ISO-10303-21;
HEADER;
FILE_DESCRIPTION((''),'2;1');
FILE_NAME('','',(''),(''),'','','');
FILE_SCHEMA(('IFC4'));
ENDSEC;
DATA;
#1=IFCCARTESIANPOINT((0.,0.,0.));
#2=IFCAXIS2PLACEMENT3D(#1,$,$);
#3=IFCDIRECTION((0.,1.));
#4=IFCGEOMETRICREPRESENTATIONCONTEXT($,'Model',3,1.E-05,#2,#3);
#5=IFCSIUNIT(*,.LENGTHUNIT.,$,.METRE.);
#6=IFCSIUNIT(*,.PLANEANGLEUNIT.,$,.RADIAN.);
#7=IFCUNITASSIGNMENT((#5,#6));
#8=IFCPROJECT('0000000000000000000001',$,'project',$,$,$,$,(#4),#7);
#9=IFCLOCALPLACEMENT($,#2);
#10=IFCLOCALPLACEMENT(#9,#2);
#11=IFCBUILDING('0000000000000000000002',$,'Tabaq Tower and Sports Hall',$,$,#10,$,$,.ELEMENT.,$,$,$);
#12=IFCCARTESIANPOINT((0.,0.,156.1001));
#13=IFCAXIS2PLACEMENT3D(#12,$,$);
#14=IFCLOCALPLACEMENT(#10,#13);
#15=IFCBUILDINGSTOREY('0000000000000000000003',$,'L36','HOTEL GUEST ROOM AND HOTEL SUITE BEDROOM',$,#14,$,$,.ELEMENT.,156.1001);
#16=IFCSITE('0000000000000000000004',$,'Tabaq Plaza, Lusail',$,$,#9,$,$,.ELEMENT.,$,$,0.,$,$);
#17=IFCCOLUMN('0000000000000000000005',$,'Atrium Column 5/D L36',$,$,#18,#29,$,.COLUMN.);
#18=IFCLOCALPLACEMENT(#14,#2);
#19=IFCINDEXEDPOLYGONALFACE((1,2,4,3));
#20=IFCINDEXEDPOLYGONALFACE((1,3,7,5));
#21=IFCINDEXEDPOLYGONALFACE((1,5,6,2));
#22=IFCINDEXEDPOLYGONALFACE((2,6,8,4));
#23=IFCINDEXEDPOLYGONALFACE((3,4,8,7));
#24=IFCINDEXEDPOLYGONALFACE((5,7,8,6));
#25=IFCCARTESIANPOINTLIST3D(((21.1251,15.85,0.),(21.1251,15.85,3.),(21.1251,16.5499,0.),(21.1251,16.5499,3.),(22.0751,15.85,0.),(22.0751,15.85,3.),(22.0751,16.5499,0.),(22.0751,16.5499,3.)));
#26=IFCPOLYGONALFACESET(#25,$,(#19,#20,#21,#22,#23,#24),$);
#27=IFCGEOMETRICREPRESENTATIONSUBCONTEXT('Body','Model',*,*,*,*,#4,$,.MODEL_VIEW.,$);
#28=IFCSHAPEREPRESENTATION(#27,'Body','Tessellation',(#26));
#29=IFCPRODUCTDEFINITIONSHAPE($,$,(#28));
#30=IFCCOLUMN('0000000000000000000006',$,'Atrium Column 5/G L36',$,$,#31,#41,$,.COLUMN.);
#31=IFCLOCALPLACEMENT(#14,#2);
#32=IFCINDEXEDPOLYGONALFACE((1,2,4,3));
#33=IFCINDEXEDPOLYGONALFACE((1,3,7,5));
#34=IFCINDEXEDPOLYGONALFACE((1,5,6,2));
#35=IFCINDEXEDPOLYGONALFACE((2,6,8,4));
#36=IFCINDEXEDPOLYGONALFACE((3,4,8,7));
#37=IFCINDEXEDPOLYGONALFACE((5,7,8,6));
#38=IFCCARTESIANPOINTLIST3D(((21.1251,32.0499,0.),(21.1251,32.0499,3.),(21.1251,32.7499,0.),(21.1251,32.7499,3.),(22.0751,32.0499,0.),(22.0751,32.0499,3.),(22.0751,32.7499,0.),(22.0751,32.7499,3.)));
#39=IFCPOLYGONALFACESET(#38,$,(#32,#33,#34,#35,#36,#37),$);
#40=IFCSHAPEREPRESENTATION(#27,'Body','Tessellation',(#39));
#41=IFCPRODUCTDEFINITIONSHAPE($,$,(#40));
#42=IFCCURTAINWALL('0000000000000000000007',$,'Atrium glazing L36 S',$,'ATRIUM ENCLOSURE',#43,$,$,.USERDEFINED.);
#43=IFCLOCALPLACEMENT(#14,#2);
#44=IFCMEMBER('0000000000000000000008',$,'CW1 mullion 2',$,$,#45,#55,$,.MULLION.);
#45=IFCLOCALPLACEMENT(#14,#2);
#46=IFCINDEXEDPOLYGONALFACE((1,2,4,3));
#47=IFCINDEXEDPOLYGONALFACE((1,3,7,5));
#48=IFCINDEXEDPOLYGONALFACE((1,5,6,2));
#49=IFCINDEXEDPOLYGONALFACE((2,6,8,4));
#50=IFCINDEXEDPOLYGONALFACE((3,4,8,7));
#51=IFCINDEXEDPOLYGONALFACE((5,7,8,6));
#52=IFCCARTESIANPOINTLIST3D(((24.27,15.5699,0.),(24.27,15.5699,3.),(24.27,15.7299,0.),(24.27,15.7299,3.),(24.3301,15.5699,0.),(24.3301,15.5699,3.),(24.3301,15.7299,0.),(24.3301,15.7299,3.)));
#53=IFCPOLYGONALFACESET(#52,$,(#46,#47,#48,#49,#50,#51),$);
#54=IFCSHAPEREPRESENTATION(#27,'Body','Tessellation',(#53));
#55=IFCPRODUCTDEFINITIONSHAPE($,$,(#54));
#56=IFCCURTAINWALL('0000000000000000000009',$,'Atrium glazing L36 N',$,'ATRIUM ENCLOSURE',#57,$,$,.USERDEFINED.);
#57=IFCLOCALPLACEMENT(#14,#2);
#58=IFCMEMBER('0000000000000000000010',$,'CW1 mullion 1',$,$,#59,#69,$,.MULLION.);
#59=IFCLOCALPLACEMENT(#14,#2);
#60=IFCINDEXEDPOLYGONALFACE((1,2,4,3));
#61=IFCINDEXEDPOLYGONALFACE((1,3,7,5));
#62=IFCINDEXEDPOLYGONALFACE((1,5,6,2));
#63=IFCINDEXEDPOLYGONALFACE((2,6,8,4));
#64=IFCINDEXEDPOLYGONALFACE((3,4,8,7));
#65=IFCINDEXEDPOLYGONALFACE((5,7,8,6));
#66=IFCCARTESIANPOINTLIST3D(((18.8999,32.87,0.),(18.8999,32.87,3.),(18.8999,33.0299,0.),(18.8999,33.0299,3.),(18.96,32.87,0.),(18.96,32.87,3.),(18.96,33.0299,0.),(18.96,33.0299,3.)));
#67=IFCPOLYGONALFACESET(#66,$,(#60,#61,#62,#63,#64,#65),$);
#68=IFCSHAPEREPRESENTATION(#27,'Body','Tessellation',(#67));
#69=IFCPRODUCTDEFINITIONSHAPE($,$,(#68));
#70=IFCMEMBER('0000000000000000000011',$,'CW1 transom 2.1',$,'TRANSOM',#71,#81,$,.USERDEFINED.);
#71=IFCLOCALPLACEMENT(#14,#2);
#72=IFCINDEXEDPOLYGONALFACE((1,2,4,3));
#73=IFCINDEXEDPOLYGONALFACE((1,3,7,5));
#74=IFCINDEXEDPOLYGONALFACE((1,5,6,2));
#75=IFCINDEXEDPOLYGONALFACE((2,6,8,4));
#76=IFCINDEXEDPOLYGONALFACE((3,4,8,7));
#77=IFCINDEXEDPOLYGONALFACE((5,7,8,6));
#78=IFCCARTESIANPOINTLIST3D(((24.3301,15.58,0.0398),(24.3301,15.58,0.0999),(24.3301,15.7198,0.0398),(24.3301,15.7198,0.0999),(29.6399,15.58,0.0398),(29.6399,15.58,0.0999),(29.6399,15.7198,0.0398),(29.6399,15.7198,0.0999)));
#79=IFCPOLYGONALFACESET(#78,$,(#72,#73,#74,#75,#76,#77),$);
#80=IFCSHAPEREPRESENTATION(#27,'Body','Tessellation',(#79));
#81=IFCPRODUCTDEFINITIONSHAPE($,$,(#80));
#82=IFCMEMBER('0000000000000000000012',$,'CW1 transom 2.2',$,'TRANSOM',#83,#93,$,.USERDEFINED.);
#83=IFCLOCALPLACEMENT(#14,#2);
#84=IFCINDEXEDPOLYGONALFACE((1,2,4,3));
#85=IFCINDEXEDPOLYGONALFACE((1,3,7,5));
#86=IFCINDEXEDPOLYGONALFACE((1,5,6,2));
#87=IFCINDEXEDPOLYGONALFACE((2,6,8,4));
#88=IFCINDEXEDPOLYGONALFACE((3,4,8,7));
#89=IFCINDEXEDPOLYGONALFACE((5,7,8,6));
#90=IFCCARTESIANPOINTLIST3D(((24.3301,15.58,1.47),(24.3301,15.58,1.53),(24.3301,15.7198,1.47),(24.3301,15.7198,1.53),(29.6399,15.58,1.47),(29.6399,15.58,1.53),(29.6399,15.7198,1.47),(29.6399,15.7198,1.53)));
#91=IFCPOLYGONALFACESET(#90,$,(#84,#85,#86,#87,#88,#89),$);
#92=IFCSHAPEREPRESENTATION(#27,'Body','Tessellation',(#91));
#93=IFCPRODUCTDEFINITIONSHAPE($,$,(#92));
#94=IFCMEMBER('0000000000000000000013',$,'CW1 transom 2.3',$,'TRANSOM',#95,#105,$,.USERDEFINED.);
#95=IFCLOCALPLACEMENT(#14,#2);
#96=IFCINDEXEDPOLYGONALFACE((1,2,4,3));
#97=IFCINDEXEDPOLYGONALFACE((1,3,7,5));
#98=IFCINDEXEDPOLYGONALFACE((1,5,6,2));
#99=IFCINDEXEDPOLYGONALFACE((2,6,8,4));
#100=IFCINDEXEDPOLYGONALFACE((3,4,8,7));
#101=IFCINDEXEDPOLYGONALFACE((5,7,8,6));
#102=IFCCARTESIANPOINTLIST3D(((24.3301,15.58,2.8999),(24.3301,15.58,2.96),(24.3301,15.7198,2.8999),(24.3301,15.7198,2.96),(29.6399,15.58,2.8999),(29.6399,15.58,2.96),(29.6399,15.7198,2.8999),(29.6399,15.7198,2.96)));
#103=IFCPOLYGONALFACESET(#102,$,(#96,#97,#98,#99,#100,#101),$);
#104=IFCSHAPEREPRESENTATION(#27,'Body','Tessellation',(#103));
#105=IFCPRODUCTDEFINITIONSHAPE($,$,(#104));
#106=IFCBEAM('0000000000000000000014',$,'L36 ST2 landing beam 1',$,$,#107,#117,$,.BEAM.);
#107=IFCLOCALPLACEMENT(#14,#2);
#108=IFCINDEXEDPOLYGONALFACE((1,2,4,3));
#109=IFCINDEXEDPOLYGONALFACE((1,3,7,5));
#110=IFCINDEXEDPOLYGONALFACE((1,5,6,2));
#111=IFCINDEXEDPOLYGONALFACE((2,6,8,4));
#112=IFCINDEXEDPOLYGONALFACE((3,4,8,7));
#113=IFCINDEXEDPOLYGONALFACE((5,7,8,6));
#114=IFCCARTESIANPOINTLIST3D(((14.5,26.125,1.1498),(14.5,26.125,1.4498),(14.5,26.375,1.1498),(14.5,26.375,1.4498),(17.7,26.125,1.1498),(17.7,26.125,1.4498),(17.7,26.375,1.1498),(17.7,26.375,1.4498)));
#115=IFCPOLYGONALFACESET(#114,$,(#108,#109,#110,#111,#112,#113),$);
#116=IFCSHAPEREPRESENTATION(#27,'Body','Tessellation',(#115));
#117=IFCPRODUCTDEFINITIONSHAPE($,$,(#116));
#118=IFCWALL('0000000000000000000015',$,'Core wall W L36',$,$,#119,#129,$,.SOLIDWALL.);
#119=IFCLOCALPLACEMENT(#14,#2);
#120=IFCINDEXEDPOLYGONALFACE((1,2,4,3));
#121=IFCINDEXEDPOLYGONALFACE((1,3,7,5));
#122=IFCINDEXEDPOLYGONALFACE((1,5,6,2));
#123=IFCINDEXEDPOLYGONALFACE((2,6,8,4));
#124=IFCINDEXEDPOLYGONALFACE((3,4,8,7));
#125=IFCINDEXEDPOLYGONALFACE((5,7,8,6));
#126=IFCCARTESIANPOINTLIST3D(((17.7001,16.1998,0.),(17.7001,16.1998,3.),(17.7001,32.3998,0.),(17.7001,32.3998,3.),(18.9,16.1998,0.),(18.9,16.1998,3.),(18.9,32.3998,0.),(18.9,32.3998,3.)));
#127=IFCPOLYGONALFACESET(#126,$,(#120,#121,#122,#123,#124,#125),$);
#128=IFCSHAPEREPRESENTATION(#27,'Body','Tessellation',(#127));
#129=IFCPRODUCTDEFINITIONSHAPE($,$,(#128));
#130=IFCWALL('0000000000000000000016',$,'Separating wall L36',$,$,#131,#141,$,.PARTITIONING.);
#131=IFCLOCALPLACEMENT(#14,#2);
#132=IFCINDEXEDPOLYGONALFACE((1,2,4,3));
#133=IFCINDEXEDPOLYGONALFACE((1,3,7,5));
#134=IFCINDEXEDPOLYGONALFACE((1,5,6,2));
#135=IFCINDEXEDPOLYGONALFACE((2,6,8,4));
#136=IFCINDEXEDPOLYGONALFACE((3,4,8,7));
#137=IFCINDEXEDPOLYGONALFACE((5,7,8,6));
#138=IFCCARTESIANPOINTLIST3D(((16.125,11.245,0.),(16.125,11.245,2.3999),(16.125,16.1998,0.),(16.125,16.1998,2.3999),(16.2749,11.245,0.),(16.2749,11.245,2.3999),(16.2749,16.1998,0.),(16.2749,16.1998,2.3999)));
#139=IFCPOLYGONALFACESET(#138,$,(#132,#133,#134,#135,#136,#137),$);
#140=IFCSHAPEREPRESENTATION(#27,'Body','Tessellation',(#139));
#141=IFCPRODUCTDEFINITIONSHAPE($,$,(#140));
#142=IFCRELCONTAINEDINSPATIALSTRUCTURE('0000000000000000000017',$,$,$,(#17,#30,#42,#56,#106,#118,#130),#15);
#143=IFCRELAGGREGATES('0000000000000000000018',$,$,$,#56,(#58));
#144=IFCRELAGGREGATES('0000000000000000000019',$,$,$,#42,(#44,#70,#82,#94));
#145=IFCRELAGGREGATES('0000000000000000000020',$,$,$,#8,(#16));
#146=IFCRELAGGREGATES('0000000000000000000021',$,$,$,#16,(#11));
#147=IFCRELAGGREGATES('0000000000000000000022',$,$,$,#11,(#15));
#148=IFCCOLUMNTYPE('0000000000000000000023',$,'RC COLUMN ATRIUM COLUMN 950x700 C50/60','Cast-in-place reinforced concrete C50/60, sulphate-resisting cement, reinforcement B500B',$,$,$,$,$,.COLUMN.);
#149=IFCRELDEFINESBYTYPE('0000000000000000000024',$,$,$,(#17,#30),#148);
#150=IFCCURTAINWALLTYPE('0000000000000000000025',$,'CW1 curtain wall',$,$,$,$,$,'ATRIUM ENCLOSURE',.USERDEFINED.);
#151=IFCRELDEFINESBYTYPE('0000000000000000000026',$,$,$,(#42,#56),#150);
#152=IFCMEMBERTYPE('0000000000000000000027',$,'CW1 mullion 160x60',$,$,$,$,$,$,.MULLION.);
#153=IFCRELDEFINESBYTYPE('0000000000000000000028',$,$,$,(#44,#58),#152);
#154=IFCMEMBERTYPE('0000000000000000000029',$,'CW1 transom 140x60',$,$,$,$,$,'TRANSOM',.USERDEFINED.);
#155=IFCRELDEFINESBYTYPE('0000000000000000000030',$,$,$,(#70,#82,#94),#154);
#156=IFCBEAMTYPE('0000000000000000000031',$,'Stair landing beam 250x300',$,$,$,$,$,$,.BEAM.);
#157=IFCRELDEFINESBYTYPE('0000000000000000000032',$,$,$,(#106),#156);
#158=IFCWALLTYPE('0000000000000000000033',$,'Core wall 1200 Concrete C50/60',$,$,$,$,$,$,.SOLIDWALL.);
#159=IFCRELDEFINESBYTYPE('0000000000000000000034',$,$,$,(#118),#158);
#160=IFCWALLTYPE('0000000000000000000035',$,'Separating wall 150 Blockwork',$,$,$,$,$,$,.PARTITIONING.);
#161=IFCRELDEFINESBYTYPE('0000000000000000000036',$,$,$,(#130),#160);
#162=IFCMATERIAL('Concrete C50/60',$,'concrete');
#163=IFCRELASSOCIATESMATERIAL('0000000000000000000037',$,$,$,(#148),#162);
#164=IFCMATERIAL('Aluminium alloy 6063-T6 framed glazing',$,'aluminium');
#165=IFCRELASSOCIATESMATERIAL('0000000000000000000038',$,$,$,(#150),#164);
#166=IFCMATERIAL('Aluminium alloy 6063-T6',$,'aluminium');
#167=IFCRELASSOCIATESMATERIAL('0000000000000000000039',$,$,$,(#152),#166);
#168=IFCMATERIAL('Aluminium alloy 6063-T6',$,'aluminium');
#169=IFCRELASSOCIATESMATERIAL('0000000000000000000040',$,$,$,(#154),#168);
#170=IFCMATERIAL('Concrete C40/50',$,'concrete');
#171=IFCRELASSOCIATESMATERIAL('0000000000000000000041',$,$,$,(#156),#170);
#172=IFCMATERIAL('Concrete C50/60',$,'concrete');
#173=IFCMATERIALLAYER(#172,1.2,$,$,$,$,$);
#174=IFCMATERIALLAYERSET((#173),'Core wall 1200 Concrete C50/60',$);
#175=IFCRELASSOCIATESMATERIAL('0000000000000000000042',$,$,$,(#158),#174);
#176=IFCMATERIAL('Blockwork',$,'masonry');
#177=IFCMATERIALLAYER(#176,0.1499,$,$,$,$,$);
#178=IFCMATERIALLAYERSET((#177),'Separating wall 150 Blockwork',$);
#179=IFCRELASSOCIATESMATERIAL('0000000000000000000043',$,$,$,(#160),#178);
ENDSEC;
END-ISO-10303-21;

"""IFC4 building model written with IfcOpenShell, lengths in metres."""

from ifc_helpers import new_model, si_unit, direction, frame, frame_2d, origin, origin_2d, place, context, subcontext, project, spatial, rectangle, extrude, material, layer, layer_set, material_profile, profile_set, type_object, element, aggregate, save


model = new_model("IFC4")

# Units and contexts
model_context = context("Model", 3, precision=1e-05, world=origin(), true_north=direction((0.0, 1.0)))
body_context = subcontext(model_context, "Body", "Model", "MODEL_VIEW")
ifc_project = project(units=[si_unit("LENGTHUNIT", "METRE"), si_unit("PLANEANGLEUNIT", "RADIAN")], contexts=[model_context])

# Site, building, storey
site_placement = place(None, origin())
site = spatial("IfcSite", under=ifc_project, at=site_placement, Name="Tabaq Plaza, Lusail", CompositionType="ELEMENT", RefElevation=0.0)
building_placement = place(site_placement, origin())
building = spatial("IfcBuilding", under=site, at=building_placement, Name="Tabaq Tower and Sports Hall", CompositionType="ELEMENT")
storey_placement = place(building_placement, frame((0.0, 0.0, 156.1001)))
storey = spatial("IfcBuildingStorey", under=building, at=storey_placement, Name="L36", Description="HOTEL GUEST ROOM AND HOTEL SUITE BEDROOM", CompositionType="ELEMENT", Elevation=156.1001)

# Columns
ifc_material_1 = material(Name="Concrete C50/60", Category="concrete")
ifc_material_profile_1 = material_profile(ifc_material_1, rectangle(XDim=0.95, YDim=0.7, at=origin_2d()), Name="ATRIUM COLUMN 950x700")
ifc_profile_set_1 = profile_set([ifc_material_profile_1], Name="Concrete C50/60")
column_type = type_object("IfcColumnType", Name="RC COLUMN ATRIUM COLUMN 950x700 C50/60", Description="Cast-in-place reinforced concrete C50/60, sulphate-resisting cement, reinforcement B500B", PredefinedType="COLUMN", material=ifc_profile_set_1)
for number, where, z_axis, x_axis, name in (
    (1, (21.6001, 16.2, 0.0), (0.0, 0.0, 1.0), (1.0, 0.0, 0.0), "Atrium Column 5/D L36"),
    (2, (21.6001, 32.3999, 0.0), (0.0, 0.0, 1.0), (1.0, 0.0, 0.0), "Atrium Column 5/G L36"),
):
    element("IfcColumn", number, at=place(storey_placement, frame(where, z_axis=z_axis, x_axis=x_axis)), inside=storey, type_object=column_type, Name=name, PredefinedType="COLUMN", context=body_context, shape_type="SweptSolid", body=[
        extrude(rectangle(XDim=0.95, YDim=0.7, at=origin_2d()), origin(), (0.0, 0.0, 1.0), 3.0),
    ])

# Curtain walls, members
ifc_material_2 = material(Name="Aluminium alloy 6063-T6 framed glazing", Category="aluminium")
curtain_wall_type = type_object("IfcCurtainWallType", Name="CW1 curtain wall", ElementType="ATRIUM ENCLOSURE", PredefinedType="USERDEFINED", material=ifc_material_2)
curtain_wall_1_placement = place(storey_placement, origin())
curtain_wall_1 = element("IfcCurtainWall", 3, at=curtain_wall_1_placement, inside=storey, type_object=curtain_wall_type, Name="Atrium glazing L36 S", ObjectType="ATRIUM ENCLOSURE", PredefinedType="USERDEFINED")
ifc_material_3 = material(Name="Aluminium alloy 6063-T6", Category="aluminium")
ifc_material_profile_2 = material_profile(ifc_material_3, rectangle(XDim=0.1599, YDim=0.0601, at=origin_2d()), Name="MULLION 160x60")
ifc_profile_set_2 = profile_set([ifc_material_profile_2], Name="Aluminium alloy 6063-T6")
member_type_1 = type_object("IfcMemberType", Name="CW1 mullion 160x60", PredefinedType="MULLION", material=ifc_profile_set_2)
member_1_placement = place(storey_placement, frame((24.3, 15.6499, 0.0), z_axis=(0.0, 0.0, 1.0), x_axis=(0.0, 1.0, 0.0)))
member_1 = element("IfcMember", 4, at=member_1_placement, type_object=member_type_1, Name="CW1 mullion 2", PredefinedType="MULLION", context=body_context, shape_type="SweptSolid", body=[
    extrude(rectangle(XDim=0.1599, YDim=0.0601, at=origin_2d()), origin(), (0.0, 0.0, 1.0), 3.0),
])
curtain_wall_2_placement = place(storey_placement, origin())
curtain_wall_2 = element("IfcCurtainWall", 5, at=curtain_wall_2_placement, inside=storey, type_object=curtain_wall_type, Name="Atrium glazing L36 N", ObjectType="ATRIUM ENCLOSURE", PredefinedType="USERDEFINED")
member_2_placement = place(storey_placement, frame((18.9299, 32.95, 0.0), z_axis=(0.0, 0.0, 1.0), x_axis=(0.0, 1.0, 0.0)))
member_2 = element("IfcMember", 6, at=member_2_placement, type_object=member_type_1, Name="CW1 mullion 1", PredefinedType="MULLION", context=body_context, shape_type="SweptSolid", body=[
    extrude(rectangle(XDim=0.1599, YDim=0.0601, at=origin_2d()), origin(), (0.0, 0.0, 1.0), 3.0),
])
aggregate(curtain_wall_2, [member_2])

# Members
ifc_material_4 = material(Name="Aluminium alloy 6063-T6", Category="aluminium")
ifc_material_profile_3 = material_profile(ifc_material_4, rectangle(XDim=0.1399, YDim=0.0601, at=origin_2d()), Name="TRANSOM 140x60")
ifc_profile_set_3 = profile_set([ifc_material_profile_3], Name="Aluminium alloy 6063-T6")
member_type_2 = type_object("IfcMemberType", Name="CW1 transom 140x60", ElementType="TRANSOM", PredefinedType="USERDEFINED", material=ifc_profile_set_3)
member_3_placement = place(storey_placement, frame((24.3301, 15.6499, 0.0698), z_axis=(1.0, 0.0, 0.0), x_axis=(0.0, 1.0, 0.0)))
member_3 = element("IfcMember", 7, at=member_3_placement, type_object=member_type_2, Name="CW1 transom 2.1", ObjectType="TRANSOM", PredefinedType="USERDEFINED", context=body_context, shape_type="SweptSolid", body=[
    extrude(rectangle(XDim=0.1399, YDim=0.0601, at=origin_2d()), origin(), (0.0, 0.0, 1.0), 5.3098),
])
member_4_placement = place(storey_placement, frame((24.3301, 15.6499, 1.5), z_axis=(1.0, 0.0, 0.0), x_axis=(0.0, 1.0, 0.0)))
member_4 = element("IfcMember", 8, at=member_4_placement, type_object=member_type_2, Name="CW1 transom 2.2", ObjectType="TRANSOM", PredefinedType="USERDEFINED", context=body_context, shape_type="SweptSolid", body=[
    extrude(rectangle(XDim=0.1399, YDim=0.0601, at=origin_2d()), origin(), (0.0, 0.0, 1.0), 5.3098),
])
member_5_placement = place(storey_placement, frame((24.3301, 15.6499, 2.9299), z_axis=(1.0, 0.0, 0.0), x_axis=(0.0, 1.0, 0.0)))
member_5 = element("IfcMember", 9, at=member_5_placement, type_object=member_type_2, Name="CW1 transom 2.3", ObjectType="TRANSOM", PredefinedType="USERDEFINED", context=body_context, shape_type="SweptSolid", body=[
    extrude(rectangle(XDim=0.1399, YDim=0.0601, at=origin_2d()), origin(), (0.0, 0.0, 1.0), 5.3098),
])
aggregate(curtain_wall_1, [member_1, member_3, member_4, member_5])

# Beam
ifc_material_5 = material(Name="Concrete C40/50", Category="concrete")
ifc_material_profile_4 = material_profile(ifc_material_5, rectangle(XDim=0.25, YDim=0.3, at=origin_2d()), Name="RC 250x300")
ifc_profile_set_4 = profile_set([ifc_material_profile_4], Name="Concrete C40/50")
beam_type = type_object("IfcBeamType", Name="Stair landing beam 250x300", PredefinedType="BEAM", material=ifc_profile_set_4)
beam_placement = place(storey_placement, frame((14.5, 26.25, 1.2998), z_axis=(1.0, 0.0, 0.0), x_axis=(0.0, 1.0, 0.0)))
element("IfcBeam", 10, at=beam_placement, inside=storey, type_object=beam_type, Name="L36 ST2 landing beam 1", PredefinedType="BEAM", context=body_context, shape_type="SweptSolid", body=[
    extrude(rectangle(XDim=0.25, YDim=0.3, at=origin_2d()), origin(), (0.0, 0.0, 1.0), 3.2),
])

# Wall
ifc_material_6 = material(Name="Concrete C50/60", Category="concrete")
ifc_layer_1 = layer(ifc_material_6, 1.2)
ifc_layer_set_1 = layer_set([ifc_layer_1], Name="Core wall 1200 Concrete C50/60")
wall_type_1 = type_object("IfcWallType", Name="Core wall 1200 Concrete C50/60", PredefinedType="SOLIDWALL", material=ifc_layer_set_1)
wall_1_placement = place(storey_placement, frame((18.3, 32.3999, 0.0), z_axis=(0.0, 0.0, 1.0), x_axis=(0.0, -1.0, 0.0)))
element("IfcWall", 11, at=wall_1_placement, inside=storey, type_object=wall_type_1, Name="Core wall W L36", PredefinedType="SOLIDWALL", context=body_context, shape_type="SweptSolid", body=[
    extrude(rectangle(XDim=16.2, YDim=1.2, at=frame_2d((8.1001, 0.0))), origin(), (0.0, 0.0, 1.0), 3.0),
])

# Wall
ifc_material_7 = material(Name="Blockwork", Category="masonry")
ifc_layer_2 = layer(ifc_material_7, 0.1499)
ifc_layer_set_2 = layer_set([ifc_layer_2], Name="Separating wall 150 Blockwork")
wall_type_2 = type_object("IfcWallType", Name="Separating wall 150 Blockwork", PredefinedType="PARTITIONING", material=ifc_layer_set_2)
wall_2_placement = place(storey_placement, frame((16.2, 16.2, 0.0), z_axis=(0.0, 0.0, 1.0), x_axis=(0.0, -1.0, 0.0)))
element("IfcWall", 12, at=wall_2_placement, inside=storey, type_object=wall_type_2, Name="Separating wall L36", PredefinedType="PARTITIONING", context=body_context, shape_type="SweptSolid", body=[
    extrude(rectangle(XDim=4.9548, YDim=0.1499, at=frame_2d((2.4775, 0.0))), origin(), (0.0, 0.0, 1.0), 2.3999),
])

save(model, "model.ifc")
